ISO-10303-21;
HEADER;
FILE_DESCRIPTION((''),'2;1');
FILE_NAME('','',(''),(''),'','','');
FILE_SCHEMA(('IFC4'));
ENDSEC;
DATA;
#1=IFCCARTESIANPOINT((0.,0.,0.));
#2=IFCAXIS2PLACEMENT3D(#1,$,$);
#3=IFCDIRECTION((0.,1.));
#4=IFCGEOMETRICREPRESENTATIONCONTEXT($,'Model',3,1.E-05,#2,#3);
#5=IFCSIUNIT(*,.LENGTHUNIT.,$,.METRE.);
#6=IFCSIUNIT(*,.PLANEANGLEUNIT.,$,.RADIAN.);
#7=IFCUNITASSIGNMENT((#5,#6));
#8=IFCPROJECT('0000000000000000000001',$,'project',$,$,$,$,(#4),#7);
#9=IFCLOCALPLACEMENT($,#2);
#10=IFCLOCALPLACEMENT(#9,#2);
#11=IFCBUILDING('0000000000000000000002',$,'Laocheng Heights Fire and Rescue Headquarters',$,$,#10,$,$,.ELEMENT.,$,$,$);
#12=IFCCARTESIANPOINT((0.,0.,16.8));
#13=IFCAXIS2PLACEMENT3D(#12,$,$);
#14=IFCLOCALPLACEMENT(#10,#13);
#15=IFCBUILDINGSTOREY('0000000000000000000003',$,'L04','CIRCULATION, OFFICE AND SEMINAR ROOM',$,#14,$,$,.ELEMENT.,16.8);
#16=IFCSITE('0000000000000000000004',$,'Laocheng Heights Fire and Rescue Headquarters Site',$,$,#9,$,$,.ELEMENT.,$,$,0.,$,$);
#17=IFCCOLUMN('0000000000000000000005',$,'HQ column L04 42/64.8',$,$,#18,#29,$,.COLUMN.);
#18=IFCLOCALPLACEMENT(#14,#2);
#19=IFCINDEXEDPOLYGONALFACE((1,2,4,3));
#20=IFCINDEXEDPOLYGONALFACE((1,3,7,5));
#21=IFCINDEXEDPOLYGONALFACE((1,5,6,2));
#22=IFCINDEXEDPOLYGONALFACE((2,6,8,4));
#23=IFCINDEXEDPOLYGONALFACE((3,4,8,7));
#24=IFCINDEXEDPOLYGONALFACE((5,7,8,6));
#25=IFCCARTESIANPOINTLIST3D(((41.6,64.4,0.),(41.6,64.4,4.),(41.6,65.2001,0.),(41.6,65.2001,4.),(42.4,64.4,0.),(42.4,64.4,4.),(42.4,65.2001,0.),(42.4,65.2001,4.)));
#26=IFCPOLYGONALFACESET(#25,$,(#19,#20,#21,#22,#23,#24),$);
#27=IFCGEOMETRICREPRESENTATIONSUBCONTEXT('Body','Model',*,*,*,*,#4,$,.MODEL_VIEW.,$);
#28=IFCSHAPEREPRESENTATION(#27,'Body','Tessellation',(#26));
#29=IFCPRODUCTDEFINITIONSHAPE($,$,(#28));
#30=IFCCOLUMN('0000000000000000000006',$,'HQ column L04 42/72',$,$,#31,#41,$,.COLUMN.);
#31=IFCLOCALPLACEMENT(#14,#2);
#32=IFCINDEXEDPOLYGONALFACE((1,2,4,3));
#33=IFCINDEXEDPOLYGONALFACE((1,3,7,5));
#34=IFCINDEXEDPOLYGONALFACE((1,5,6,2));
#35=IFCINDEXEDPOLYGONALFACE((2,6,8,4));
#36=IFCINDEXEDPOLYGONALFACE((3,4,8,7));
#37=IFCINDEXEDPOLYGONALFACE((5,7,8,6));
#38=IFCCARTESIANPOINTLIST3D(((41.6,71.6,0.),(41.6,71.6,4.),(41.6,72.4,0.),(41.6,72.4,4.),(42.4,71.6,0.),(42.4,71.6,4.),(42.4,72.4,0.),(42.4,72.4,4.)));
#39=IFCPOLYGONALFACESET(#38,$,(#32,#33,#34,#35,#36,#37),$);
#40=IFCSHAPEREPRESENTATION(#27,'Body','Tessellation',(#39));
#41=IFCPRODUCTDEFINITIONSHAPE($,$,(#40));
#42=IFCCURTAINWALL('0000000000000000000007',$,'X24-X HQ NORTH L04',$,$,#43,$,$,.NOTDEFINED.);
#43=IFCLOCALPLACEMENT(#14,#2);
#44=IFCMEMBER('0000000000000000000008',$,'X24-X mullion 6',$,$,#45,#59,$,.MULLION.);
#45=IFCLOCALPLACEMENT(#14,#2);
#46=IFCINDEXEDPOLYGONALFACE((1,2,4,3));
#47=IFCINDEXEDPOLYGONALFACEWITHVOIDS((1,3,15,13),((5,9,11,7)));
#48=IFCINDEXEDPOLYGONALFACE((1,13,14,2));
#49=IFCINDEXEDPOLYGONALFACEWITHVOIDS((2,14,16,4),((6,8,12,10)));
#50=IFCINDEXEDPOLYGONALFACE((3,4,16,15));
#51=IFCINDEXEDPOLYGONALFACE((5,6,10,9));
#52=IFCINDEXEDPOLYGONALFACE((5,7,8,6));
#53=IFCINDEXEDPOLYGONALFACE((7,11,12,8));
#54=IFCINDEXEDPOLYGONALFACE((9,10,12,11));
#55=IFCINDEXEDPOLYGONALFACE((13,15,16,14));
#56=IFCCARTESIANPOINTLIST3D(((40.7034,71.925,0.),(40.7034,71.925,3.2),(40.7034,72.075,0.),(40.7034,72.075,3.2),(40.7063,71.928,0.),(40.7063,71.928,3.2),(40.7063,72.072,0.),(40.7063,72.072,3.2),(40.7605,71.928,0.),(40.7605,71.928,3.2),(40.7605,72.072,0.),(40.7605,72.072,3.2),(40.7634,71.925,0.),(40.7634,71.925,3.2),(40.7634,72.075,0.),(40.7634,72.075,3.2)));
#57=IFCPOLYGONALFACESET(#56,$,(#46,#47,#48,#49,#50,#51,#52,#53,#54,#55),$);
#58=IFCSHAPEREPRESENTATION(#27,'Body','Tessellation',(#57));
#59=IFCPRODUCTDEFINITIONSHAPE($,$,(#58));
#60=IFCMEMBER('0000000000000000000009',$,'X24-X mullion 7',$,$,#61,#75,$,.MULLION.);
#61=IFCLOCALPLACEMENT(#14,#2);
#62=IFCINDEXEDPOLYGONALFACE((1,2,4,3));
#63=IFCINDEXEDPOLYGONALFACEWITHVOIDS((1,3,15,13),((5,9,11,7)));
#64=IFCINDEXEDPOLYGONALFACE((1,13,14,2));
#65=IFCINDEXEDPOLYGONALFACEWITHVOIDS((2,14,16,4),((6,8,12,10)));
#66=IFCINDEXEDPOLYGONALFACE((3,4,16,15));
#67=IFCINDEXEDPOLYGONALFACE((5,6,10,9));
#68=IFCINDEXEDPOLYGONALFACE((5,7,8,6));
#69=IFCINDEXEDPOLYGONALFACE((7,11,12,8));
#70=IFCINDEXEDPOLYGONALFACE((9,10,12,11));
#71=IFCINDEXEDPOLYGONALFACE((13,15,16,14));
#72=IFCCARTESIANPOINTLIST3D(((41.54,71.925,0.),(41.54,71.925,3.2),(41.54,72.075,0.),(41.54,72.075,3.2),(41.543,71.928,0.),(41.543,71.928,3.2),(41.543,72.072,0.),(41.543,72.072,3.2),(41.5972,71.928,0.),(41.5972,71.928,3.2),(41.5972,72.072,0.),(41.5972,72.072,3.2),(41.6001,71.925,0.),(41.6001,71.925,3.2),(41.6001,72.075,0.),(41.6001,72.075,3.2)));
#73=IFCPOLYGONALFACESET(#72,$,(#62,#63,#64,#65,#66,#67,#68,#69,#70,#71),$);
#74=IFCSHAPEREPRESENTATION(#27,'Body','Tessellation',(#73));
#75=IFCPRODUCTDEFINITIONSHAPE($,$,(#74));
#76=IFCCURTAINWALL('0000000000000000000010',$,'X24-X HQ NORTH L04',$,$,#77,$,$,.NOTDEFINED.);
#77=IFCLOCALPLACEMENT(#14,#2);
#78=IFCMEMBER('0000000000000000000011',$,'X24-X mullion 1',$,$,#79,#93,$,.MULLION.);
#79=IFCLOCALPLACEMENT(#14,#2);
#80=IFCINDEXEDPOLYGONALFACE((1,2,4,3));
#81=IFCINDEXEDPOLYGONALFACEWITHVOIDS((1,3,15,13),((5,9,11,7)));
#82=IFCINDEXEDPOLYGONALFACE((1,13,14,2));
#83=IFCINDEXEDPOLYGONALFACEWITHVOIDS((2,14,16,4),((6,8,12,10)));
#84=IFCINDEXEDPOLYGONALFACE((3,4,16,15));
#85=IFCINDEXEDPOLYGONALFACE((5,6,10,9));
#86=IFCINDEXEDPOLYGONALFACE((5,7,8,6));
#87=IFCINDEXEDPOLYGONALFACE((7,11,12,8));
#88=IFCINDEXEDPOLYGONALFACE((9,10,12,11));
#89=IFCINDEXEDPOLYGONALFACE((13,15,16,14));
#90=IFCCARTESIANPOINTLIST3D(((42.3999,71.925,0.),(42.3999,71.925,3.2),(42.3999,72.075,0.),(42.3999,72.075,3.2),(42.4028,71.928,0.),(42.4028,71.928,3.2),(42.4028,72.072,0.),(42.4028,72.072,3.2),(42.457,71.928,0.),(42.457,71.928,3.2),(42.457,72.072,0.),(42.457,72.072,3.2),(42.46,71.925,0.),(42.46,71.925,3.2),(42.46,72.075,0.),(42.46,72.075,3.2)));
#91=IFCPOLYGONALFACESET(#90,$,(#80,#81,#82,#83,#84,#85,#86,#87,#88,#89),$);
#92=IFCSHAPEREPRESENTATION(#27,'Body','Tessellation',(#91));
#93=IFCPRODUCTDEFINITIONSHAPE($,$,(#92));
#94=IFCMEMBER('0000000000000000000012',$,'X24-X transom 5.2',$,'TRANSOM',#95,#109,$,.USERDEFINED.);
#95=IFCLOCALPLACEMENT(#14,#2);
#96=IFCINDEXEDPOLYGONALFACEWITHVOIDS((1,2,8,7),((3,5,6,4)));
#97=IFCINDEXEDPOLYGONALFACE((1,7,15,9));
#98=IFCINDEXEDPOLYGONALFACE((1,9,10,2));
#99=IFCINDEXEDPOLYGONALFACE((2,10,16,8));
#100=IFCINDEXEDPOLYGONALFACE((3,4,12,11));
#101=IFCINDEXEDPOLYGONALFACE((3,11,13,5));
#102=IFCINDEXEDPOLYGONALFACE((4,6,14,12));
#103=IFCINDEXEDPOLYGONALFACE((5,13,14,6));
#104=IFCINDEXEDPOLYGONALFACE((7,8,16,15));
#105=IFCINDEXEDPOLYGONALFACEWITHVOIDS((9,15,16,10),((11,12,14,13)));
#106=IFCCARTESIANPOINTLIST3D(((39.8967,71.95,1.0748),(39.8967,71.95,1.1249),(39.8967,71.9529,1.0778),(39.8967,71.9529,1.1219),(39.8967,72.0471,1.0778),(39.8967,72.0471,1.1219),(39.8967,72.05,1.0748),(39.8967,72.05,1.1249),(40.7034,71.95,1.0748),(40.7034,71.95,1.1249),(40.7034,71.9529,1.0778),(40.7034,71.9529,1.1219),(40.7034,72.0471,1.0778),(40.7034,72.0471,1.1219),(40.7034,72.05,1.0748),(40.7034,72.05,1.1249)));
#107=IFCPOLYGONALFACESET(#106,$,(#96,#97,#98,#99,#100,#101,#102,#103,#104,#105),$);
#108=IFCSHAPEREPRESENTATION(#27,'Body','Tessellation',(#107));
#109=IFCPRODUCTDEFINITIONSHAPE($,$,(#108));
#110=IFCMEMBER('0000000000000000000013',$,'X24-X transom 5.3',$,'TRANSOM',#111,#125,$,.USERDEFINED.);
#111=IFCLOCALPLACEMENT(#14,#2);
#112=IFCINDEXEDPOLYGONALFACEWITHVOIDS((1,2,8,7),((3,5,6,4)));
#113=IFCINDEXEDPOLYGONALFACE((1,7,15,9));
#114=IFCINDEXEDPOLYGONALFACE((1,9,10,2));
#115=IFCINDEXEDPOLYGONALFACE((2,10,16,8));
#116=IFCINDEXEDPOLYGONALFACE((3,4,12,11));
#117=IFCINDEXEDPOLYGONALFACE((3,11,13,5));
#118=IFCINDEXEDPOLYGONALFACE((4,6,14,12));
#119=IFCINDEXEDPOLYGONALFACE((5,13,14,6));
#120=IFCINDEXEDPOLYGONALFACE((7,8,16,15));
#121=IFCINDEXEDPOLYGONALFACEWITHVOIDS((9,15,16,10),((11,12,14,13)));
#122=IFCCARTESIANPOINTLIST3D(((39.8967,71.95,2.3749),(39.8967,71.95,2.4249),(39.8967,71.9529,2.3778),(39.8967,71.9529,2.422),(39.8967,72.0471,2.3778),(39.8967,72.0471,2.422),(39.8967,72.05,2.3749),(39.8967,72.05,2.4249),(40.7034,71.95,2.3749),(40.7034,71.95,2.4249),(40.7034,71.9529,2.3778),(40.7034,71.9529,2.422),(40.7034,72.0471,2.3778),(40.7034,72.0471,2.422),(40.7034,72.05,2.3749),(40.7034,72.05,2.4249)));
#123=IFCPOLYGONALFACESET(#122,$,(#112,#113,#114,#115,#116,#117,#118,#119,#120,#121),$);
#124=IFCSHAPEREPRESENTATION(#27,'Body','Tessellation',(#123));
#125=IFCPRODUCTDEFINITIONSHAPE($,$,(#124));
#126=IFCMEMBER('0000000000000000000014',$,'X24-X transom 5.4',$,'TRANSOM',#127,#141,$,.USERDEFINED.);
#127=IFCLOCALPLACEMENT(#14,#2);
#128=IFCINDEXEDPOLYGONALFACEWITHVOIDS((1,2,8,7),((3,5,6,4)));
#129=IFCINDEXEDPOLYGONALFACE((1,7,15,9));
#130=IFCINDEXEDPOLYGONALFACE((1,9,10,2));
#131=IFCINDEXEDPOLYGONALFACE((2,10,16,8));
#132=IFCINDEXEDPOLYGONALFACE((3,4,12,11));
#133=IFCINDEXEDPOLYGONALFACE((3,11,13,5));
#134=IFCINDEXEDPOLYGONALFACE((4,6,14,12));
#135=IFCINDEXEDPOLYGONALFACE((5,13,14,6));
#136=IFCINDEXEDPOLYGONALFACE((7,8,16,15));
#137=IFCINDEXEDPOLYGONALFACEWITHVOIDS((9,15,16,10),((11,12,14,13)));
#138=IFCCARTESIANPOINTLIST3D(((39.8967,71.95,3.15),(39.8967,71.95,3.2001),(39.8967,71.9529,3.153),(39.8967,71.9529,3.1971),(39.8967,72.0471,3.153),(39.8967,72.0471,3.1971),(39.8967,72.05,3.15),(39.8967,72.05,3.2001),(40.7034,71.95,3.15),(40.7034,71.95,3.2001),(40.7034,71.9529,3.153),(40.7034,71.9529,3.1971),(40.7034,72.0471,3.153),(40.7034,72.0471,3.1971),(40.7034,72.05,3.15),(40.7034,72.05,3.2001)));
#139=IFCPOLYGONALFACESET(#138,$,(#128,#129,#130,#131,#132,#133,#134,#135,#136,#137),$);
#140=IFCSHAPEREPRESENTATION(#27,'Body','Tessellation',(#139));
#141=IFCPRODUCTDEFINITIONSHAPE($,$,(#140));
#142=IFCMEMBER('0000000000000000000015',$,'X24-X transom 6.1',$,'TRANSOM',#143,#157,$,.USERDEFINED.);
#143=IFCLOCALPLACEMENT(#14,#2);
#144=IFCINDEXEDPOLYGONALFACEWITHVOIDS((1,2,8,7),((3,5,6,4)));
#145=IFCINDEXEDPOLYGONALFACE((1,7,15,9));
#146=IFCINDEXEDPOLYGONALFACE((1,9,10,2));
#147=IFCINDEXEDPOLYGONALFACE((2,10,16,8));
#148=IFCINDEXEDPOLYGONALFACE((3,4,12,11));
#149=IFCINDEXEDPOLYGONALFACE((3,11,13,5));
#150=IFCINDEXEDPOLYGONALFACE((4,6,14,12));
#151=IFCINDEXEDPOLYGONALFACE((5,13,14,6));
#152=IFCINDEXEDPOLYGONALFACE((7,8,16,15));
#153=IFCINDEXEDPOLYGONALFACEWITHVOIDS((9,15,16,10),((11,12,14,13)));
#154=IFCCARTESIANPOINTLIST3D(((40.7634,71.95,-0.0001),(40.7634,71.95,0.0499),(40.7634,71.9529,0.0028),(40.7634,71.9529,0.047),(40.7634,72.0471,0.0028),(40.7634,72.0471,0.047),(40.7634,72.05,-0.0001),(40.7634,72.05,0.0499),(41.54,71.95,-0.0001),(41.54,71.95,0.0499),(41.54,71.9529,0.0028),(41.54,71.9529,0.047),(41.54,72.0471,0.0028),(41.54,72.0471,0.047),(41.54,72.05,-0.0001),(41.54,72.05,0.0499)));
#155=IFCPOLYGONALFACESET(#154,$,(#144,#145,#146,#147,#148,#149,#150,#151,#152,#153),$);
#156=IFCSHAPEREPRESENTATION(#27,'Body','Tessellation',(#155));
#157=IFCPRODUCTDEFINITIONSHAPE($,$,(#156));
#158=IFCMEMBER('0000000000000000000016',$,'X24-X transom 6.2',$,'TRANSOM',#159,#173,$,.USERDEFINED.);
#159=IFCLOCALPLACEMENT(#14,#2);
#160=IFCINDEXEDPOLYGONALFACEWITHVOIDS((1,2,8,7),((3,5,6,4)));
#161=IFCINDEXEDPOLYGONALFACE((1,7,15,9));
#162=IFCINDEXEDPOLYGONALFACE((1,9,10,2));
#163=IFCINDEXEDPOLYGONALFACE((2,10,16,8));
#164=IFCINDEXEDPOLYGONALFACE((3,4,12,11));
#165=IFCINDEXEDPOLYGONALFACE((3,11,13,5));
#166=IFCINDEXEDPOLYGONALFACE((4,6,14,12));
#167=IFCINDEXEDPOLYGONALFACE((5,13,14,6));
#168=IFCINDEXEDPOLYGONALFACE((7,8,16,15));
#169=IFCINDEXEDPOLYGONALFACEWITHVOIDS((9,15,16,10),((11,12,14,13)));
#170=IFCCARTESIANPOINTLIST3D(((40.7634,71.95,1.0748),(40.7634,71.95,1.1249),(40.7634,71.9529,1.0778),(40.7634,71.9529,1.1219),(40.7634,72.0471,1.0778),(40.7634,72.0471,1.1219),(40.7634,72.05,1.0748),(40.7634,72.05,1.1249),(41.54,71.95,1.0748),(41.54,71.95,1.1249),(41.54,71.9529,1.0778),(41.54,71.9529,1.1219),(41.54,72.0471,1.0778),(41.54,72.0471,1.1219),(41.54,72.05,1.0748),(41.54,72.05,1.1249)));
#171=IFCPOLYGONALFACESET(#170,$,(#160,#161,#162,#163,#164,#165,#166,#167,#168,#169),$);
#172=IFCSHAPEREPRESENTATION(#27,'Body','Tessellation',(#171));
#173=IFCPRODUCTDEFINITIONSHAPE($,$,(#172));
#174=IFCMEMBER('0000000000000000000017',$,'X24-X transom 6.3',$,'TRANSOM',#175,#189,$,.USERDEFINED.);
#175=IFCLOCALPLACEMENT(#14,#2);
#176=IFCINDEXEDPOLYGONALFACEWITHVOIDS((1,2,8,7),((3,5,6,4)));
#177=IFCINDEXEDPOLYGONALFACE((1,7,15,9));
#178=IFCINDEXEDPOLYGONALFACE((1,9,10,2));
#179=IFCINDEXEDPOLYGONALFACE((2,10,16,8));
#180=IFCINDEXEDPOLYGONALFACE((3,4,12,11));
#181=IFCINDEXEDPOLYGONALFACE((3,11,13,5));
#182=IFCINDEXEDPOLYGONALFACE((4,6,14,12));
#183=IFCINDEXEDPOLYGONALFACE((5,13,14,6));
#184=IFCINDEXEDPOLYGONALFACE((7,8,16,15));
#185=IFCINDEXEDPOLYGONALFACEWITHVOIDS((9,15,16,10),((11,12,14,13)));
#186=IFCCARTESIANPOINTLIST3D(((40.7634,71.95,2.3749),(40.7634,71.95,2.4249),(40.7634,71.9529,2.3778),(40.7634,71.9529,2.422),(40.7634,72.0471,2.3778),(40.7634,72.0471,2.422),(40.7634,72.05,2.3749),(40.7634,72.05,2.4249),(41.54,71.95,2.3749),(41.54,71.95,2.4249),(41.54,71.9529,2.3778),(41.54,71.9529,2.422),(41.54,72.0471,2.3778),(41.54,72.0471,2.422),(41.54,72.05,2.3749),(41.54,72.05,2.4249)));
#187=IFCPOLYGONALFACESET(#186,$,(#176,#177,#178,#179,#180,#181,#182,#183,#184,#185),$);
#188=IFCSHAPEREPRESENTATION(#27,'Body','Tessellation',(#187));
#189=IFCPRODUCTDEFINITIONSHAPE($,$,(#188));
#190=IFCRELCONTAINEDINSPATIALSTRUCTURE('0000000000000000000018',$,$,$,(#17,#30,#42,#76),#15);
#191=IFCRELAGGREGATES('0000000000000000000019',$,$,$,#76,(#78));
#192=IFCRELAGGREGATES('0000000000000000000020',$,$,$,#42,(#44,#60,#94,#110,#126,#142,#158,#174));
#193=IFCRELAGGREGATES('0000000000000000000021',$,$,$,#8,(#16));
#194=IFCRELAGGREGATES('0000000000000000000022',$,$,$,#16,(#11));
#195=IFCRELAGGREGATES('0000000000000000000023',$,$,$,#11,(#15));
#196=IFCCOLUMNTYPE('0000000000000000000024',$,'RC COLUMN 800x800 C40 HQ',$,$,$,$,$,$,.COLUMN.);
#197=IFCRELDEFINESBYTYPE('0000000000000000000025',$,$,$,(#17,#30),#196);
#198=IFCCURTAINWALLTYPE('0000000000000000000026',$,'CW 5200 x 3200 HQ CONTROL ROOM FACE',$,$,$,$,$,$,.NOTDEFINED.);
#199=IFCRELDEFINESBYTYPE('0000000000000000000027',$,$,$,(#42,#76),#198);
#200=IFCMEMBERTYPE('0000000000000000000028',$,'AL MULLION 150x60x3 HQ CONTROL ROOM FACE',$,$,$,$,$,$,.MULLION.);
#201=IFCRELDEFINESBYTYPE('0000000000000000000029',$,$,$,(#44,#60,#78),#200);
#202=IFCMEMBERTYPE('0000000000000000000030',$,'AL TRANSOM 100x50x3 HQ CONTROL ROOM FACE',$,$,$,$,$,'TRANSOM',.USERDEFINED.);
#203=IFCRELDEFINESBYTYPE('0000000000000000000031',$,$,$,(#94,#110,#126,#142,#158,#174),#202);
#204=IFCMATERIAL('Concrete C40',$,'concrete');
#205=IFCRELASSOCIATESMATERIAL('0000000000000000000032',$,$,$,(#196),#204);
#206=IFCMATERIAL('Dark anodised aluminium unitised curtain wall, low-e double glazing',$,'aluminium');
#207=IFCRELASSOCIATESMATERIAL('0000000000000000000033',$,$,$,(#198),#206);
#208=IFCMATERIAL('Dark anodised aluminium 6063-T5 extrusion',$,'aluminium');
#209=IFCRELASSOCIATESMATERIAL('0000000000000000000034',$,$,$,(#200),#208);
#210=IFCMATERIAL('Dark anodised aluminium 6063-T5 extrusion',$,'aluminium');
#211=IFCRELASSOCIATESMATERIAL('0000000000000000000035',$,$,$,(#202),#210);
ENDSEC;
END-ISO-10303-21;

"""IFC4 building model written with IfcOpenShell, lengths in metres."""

from ifc_helpers import new_model, si_unit, direction, frame, origin, origin_2d, place, context, subcontext, project, spatial, rectangle, hollow_rectangle, extrude, material, material_profile, profile_set, type_object, element, aggregate, save


model = new_model("IFC4")

# Units and contexts
model_context = context("Model", 3, precision=1e-05, world=origin(), true_north=direction((0.0, 1.0)))
body_context = subcontext(model_context, "Body", "Model", "MODEL_VIEW")
ifc_project = project(units=[si_unit("LENGTHUNIT", "METRE"), si_unit("PLANEANGLEUNIT", "RADIAN")], contexts=[model_context])

# Site, building, storey
site_placement = place(None, origin())
site = spatial("IfcSite", under=ifc_project, at=site_placement, Name="Laocheng Heights Fire and Rescue Headquarters Site", CompositionType="ELEMENT", RefElevation=0.0)
building_placement = place(site_placement, origin())
building = spatial("IfcBuilding", under=site, at=building_placement, Name="Laocheng Heights Fire and Rescue Headquarters", CompositionType="ELEMENT")
storey_placement = place(building_placement, frame((0.0, 0.0, 16.8)))
storey = spatial("IfcBuildingStorey", under=building, at=storey_placement, Name="L04", Description="CIRCULATION, OFFICE AND SEMINAR ROOM", CompositionType="ELEMENT", Elevation=16.8)

# Columns
ifc_material_1 = material(Name="Concrete C40", Category="concrete")
ifc_material_profile_1 = material_profile(ifc_material_1, rectangle(XDim=0.8, YDim=0.8, at=origin_2d()), Name="RC COLUMN 800x800 C40 HQ")
ifc_profile_set_1 = profile_set([ifc_material_profile_1], Name="Concrete C40")
column_type = type_object("IfcColumnType", Name="RC COLUMN 800x800 C40 HQ", PredefinedType="COLUMN", material=ifc_profile_set_1)
for number, where, z_axis, x_axis, name in (
    (1, (42.0, 64.8, 0.0), (0.0, 0.0, 1.0), (1.0, 0.0, 0.0), "HQ column L04 42/64.8"),
    (2, (42.0, 72.0, 0.0), (0.0, 0.0, 1.0), (1.0, 0.0, 0.0), "HQ column L04 42/72"),
):
    element("IfcColumn", number, at=place(storey_placement, frame(where, z_axis=z_axis, x_axis=x_axis)), inside=storey, type_object=column_type, Name=name, PredefinedType="COLUMN", context=body_context, shape_type="SweptSolid", body=[
        extrude(rectangle(XDim=0.8, YDim=0.8, at=origin_2d()), origin(), (0.0, 0.0, 1.0), 4.0),
    ])

# Curtain wall, members
ifc_material_2 = material(Name="Dark anodised aluminium unitised curtain wall, low-e double glazing", Category="aluminium")
curtain_wall_type = type_object("IfcCurtainWallType", Name="CW 5200 x 3200 HQ CONTROL ROOM FACE", PredefinedType="NOTDEFINED", material=ifc_material_2)
curtain_wall_1_placement = place(storey_placement, origin())
curtain_wall_1 = element("IfcCurtainWall", 3, at=curtain_wall_1_placement, inside=storey, type_object=curtain_wall_type, Name="X24-X HQ NORTH L04", PredefinedType="NOTDEFINED")
ifc_material_3 = material(Name="Dark anodised aluminium 6063-T5 extrusion", Category="aluminium")
ifc_material_profile_2 = material_profile(ifc_material_3, hollow_rectangle(XDim=0.1499, YDim=0.0601, WallThickness=0.0029, at=origin_2d()), Name="AL MULLION 150x60x3 HQ CONTROL ROOM FACE")
ifc_profile_set_2 = profile_set([ifc_material_profile_2], Name="Dark anodised aluminium 6063-T5 extrusion")
member_type_1 = type_object("IfcMemberType", Name="AL MULLION 150x60x3 HQ CONTROL ROOM FACE", PredefinedType="MULLION", material=ifc_profile_set_2)
member_1_placement = place(storey_placement, frame((40.7334, 72.0, 0.0), z_axis=(0.0, 0.0, 1.0), x_axis=(0.0, 1.0, 0.0)))
member_1 = element("IfcMember", 4, at=member_1_placement, type_object=member_type_1, Name="X24-X mullion 6", PredefinedType="MULLION", context=body_context, shape_type="SweptSolid", body=[
    extrude(hollow_rectangle(XDim=0.1499, YDim=0.0601, WallThickness=0.0029, at=origin_2d()), origin(), (0.0, 0.0, 1.0), 3.2),
])
member_2_placement = place(storey_placement, frame((41.5701, 72.0, 0.0), z_axis=(0.0, 0.0, 1.0), x_axis=(0.0, 1.0, 0.0)))
member_2 = element("IfcMember", 5, at=member_2_placement, type_object=member_type_1, Name="X24-X mullion 7", PredefinedType="MULLION", context=body_context, shape_type="SweptSolid", body=[
    extrude(hollow_rectangle(XDim=0.1499, YDim=0.0601, WallThickness=0.0029, at=origin_2d()), origin(), (0.0, 0.0, 1.0), 3.2),
])

# Curtain wall, member
curtain_wall_2_placement = place(storey_placement, origin())
curtain_wall_2 = element("IfcCurtainWall", 6, at=curtain_wall_2_placement, inside=storey, type_object=curtain_wall_type, Name="X24-X HQ NORTH L04", PredefinedType="NOTDEFINED")
member_3_placement = place(storey_placement, frame((42.4299, 72.0, 0.0), z_axis=(0.0, 0.0, 1.0), x_axis=(0.0, 1.0, 0.0)))
member_3 = element("IfcMember", 7, at=member_3_placement, type_object=member_type_1, Name="X24-X mullion 1", PredefinedType="MULLION", context=body_context, shape_type="SweptSolid", body=[
    extrude(hollow_rectangle(XDim=0.1499, YDim=0.0601, WallThickness=0.0029, at=origin_2d()), origin(), (0.0, 0.0, 1.0), 3.2),
])

# Members
ifc_material_4 = material(Name="Dark anodised aluminium 6063-T5 extrusion", Category="aluminium")
ifc_material_profile_3 = material_profile(ifc_material_4, hollow_rectangle(XDim=0.1001, YDim=0.05, WallThickness=0.0029, at=origin_2d()), Name="AL TRANSOM 100x50x3 HQ CONTROL ROOM FACE")
ifc_profile_set_3 = profile_set([ifc_material_profile_3], Name="Dark anodised aluminium 6063-T5 extrusion")
member_type_2 = type_object("IfcMemberType", Name="AL TRANSOM 100x50x3 HQ CONTROL ROOM FACE", ElementType="TRANSOM", PredefinedType="USERDEFINED", material=ifc_profile_set_3)
member_4_placement = place(storey_placement, frame((39.8967, 72.0, 1.0999), z_axis=(1.0, 0.0, 0.0), x_axis=(0.0, 1.0, 0.0)))
member_4 = element("IfcMember", 8, at=member_4_placement, type_object=member_type_2, Name="X24-X transom 5.2", ObjectType="TRANSOM", PredefinedType="USERDEFINED", context=body_context, shape_type="SweptSolid", body=[
    extrude(hollow_rectangle(XDim=0.1001, YDim=0.05, WallThickness=0.0029, at=origin_2d()), origin(), (0.0, 0.0, 1.0), 0.8066),
])
member_5_placement = place(storey_placement, frame((39.8967, 72.0, 2.3999), z_axis=(1.0, 0.0, 0.0), x_axis=(0.0, 1.0, 0.0)))
member_5 = element("IfcMember", 9, at=member_5_placement, type_object=member_type_2, Name="X24-X transom 5.3", ObjectType="TRANSOM", PredefinedType="USERDEFINED", context=body_context, shape_type="SweptSolid", body=[
    extrude(hollow_rectangle(XDim=0.1001, YDim=0.05, WallThickness=0.0029, at=origin_2d()), origin(), (0.0, 0.0, 1.0), 0.8066),
])
member_6_placement = place(storey_placement, frame((39.8967, 72.0, 3.175), z_axis=(1.0, 0.0, 0.0), x_axis=(0.0, 1.0, 0.0)))
member_6 = element("IfcMember", 10, at=member_6_placement, type_object=member_type_2, Name="X24-X transom 5.4", ObjectType="TRANSOM", PredefinedType="USERDEFINED", context=body_context, shape_type="SweptSolid", body=[
    extrude(hollow_rectangle(XDim=0.1001, YDim=0.05, WallThickness=0.0029, at=origin_2d()), origin(), (0.0, 0.0, 1.0), 0.8066),
])
member_7_placement = place(storey_placement, frame((40.7634, 72.0, 0.0249), z_axis=(1.0, 0.0, 0.0), x_axis=(0.0, 1.0, 0.0)))
member_7 = element("IfcMember", 11, at=member_7_placement, type_object=member_type_2, Name="X24-X transom 6.1", ObjectType="TRANSOM", PredefinedType="USERDEFINED", context=body_context, shape_type="SweptSolid", body=[
    extrude(hollow_rectangle(XDim=0.1001, YDim=0.05, WallThickness=0.0029, at=origin_2d()), origin(), (0.0, 0.0, 1.0), 0.7766),
])
member_8_placement = place(storey_placement, frame((40.7634, 72.0, 1.0999), z_axis=(1.0, 0.0, 0.0), x_axis=(0.0, 1.0, 0.0)))
member_8 = element("IfcMember", 12, at=member_8_placement, type_object=member_type_2, Name="X24-X transom 6.2", ObjectType="TRANSOM", PredefinedType="USERDEFINED", context=body_context, shape_type="SweptSolid", body=[
    extrude(hollow_rectangle(XDim=0.1001, YDim=0.05, WallThickness=0.0029, at=origin_2d()), origin(), (0.0, 0.0, 1.0), 0.7766),
])
member_9_placement = place(storey_placement, frame((40.7634, 72.0, 2.3999), z_axis=(1.0, 0.0, 0.0), x_axis=(0.0, 1.0, 0.0)))
member_9 = element("IfcMember", 13, at=member_9_placement, type_object=member_type_2, Name="X24-X transom 6.3", ObjectType="TRANSOM", PredefinedType="USERDEFINED", context=body_context, shape_type="SweptSolid", body=[
    extrude(hollow_rectangle(XDim=0.1001, YDim=0.05, WallThickness=0.0029, at=origin_2d()), origin(), (0.0, 0.0, 1.0), 0.7766),
])
aggregate(curtain_wall_2, [member_3])

aggregate(curtain_wall_1, [member_1, member_2, member_4, member_5, member_6, member_7, member_8, member_9])

save(model, "model.ifc")
